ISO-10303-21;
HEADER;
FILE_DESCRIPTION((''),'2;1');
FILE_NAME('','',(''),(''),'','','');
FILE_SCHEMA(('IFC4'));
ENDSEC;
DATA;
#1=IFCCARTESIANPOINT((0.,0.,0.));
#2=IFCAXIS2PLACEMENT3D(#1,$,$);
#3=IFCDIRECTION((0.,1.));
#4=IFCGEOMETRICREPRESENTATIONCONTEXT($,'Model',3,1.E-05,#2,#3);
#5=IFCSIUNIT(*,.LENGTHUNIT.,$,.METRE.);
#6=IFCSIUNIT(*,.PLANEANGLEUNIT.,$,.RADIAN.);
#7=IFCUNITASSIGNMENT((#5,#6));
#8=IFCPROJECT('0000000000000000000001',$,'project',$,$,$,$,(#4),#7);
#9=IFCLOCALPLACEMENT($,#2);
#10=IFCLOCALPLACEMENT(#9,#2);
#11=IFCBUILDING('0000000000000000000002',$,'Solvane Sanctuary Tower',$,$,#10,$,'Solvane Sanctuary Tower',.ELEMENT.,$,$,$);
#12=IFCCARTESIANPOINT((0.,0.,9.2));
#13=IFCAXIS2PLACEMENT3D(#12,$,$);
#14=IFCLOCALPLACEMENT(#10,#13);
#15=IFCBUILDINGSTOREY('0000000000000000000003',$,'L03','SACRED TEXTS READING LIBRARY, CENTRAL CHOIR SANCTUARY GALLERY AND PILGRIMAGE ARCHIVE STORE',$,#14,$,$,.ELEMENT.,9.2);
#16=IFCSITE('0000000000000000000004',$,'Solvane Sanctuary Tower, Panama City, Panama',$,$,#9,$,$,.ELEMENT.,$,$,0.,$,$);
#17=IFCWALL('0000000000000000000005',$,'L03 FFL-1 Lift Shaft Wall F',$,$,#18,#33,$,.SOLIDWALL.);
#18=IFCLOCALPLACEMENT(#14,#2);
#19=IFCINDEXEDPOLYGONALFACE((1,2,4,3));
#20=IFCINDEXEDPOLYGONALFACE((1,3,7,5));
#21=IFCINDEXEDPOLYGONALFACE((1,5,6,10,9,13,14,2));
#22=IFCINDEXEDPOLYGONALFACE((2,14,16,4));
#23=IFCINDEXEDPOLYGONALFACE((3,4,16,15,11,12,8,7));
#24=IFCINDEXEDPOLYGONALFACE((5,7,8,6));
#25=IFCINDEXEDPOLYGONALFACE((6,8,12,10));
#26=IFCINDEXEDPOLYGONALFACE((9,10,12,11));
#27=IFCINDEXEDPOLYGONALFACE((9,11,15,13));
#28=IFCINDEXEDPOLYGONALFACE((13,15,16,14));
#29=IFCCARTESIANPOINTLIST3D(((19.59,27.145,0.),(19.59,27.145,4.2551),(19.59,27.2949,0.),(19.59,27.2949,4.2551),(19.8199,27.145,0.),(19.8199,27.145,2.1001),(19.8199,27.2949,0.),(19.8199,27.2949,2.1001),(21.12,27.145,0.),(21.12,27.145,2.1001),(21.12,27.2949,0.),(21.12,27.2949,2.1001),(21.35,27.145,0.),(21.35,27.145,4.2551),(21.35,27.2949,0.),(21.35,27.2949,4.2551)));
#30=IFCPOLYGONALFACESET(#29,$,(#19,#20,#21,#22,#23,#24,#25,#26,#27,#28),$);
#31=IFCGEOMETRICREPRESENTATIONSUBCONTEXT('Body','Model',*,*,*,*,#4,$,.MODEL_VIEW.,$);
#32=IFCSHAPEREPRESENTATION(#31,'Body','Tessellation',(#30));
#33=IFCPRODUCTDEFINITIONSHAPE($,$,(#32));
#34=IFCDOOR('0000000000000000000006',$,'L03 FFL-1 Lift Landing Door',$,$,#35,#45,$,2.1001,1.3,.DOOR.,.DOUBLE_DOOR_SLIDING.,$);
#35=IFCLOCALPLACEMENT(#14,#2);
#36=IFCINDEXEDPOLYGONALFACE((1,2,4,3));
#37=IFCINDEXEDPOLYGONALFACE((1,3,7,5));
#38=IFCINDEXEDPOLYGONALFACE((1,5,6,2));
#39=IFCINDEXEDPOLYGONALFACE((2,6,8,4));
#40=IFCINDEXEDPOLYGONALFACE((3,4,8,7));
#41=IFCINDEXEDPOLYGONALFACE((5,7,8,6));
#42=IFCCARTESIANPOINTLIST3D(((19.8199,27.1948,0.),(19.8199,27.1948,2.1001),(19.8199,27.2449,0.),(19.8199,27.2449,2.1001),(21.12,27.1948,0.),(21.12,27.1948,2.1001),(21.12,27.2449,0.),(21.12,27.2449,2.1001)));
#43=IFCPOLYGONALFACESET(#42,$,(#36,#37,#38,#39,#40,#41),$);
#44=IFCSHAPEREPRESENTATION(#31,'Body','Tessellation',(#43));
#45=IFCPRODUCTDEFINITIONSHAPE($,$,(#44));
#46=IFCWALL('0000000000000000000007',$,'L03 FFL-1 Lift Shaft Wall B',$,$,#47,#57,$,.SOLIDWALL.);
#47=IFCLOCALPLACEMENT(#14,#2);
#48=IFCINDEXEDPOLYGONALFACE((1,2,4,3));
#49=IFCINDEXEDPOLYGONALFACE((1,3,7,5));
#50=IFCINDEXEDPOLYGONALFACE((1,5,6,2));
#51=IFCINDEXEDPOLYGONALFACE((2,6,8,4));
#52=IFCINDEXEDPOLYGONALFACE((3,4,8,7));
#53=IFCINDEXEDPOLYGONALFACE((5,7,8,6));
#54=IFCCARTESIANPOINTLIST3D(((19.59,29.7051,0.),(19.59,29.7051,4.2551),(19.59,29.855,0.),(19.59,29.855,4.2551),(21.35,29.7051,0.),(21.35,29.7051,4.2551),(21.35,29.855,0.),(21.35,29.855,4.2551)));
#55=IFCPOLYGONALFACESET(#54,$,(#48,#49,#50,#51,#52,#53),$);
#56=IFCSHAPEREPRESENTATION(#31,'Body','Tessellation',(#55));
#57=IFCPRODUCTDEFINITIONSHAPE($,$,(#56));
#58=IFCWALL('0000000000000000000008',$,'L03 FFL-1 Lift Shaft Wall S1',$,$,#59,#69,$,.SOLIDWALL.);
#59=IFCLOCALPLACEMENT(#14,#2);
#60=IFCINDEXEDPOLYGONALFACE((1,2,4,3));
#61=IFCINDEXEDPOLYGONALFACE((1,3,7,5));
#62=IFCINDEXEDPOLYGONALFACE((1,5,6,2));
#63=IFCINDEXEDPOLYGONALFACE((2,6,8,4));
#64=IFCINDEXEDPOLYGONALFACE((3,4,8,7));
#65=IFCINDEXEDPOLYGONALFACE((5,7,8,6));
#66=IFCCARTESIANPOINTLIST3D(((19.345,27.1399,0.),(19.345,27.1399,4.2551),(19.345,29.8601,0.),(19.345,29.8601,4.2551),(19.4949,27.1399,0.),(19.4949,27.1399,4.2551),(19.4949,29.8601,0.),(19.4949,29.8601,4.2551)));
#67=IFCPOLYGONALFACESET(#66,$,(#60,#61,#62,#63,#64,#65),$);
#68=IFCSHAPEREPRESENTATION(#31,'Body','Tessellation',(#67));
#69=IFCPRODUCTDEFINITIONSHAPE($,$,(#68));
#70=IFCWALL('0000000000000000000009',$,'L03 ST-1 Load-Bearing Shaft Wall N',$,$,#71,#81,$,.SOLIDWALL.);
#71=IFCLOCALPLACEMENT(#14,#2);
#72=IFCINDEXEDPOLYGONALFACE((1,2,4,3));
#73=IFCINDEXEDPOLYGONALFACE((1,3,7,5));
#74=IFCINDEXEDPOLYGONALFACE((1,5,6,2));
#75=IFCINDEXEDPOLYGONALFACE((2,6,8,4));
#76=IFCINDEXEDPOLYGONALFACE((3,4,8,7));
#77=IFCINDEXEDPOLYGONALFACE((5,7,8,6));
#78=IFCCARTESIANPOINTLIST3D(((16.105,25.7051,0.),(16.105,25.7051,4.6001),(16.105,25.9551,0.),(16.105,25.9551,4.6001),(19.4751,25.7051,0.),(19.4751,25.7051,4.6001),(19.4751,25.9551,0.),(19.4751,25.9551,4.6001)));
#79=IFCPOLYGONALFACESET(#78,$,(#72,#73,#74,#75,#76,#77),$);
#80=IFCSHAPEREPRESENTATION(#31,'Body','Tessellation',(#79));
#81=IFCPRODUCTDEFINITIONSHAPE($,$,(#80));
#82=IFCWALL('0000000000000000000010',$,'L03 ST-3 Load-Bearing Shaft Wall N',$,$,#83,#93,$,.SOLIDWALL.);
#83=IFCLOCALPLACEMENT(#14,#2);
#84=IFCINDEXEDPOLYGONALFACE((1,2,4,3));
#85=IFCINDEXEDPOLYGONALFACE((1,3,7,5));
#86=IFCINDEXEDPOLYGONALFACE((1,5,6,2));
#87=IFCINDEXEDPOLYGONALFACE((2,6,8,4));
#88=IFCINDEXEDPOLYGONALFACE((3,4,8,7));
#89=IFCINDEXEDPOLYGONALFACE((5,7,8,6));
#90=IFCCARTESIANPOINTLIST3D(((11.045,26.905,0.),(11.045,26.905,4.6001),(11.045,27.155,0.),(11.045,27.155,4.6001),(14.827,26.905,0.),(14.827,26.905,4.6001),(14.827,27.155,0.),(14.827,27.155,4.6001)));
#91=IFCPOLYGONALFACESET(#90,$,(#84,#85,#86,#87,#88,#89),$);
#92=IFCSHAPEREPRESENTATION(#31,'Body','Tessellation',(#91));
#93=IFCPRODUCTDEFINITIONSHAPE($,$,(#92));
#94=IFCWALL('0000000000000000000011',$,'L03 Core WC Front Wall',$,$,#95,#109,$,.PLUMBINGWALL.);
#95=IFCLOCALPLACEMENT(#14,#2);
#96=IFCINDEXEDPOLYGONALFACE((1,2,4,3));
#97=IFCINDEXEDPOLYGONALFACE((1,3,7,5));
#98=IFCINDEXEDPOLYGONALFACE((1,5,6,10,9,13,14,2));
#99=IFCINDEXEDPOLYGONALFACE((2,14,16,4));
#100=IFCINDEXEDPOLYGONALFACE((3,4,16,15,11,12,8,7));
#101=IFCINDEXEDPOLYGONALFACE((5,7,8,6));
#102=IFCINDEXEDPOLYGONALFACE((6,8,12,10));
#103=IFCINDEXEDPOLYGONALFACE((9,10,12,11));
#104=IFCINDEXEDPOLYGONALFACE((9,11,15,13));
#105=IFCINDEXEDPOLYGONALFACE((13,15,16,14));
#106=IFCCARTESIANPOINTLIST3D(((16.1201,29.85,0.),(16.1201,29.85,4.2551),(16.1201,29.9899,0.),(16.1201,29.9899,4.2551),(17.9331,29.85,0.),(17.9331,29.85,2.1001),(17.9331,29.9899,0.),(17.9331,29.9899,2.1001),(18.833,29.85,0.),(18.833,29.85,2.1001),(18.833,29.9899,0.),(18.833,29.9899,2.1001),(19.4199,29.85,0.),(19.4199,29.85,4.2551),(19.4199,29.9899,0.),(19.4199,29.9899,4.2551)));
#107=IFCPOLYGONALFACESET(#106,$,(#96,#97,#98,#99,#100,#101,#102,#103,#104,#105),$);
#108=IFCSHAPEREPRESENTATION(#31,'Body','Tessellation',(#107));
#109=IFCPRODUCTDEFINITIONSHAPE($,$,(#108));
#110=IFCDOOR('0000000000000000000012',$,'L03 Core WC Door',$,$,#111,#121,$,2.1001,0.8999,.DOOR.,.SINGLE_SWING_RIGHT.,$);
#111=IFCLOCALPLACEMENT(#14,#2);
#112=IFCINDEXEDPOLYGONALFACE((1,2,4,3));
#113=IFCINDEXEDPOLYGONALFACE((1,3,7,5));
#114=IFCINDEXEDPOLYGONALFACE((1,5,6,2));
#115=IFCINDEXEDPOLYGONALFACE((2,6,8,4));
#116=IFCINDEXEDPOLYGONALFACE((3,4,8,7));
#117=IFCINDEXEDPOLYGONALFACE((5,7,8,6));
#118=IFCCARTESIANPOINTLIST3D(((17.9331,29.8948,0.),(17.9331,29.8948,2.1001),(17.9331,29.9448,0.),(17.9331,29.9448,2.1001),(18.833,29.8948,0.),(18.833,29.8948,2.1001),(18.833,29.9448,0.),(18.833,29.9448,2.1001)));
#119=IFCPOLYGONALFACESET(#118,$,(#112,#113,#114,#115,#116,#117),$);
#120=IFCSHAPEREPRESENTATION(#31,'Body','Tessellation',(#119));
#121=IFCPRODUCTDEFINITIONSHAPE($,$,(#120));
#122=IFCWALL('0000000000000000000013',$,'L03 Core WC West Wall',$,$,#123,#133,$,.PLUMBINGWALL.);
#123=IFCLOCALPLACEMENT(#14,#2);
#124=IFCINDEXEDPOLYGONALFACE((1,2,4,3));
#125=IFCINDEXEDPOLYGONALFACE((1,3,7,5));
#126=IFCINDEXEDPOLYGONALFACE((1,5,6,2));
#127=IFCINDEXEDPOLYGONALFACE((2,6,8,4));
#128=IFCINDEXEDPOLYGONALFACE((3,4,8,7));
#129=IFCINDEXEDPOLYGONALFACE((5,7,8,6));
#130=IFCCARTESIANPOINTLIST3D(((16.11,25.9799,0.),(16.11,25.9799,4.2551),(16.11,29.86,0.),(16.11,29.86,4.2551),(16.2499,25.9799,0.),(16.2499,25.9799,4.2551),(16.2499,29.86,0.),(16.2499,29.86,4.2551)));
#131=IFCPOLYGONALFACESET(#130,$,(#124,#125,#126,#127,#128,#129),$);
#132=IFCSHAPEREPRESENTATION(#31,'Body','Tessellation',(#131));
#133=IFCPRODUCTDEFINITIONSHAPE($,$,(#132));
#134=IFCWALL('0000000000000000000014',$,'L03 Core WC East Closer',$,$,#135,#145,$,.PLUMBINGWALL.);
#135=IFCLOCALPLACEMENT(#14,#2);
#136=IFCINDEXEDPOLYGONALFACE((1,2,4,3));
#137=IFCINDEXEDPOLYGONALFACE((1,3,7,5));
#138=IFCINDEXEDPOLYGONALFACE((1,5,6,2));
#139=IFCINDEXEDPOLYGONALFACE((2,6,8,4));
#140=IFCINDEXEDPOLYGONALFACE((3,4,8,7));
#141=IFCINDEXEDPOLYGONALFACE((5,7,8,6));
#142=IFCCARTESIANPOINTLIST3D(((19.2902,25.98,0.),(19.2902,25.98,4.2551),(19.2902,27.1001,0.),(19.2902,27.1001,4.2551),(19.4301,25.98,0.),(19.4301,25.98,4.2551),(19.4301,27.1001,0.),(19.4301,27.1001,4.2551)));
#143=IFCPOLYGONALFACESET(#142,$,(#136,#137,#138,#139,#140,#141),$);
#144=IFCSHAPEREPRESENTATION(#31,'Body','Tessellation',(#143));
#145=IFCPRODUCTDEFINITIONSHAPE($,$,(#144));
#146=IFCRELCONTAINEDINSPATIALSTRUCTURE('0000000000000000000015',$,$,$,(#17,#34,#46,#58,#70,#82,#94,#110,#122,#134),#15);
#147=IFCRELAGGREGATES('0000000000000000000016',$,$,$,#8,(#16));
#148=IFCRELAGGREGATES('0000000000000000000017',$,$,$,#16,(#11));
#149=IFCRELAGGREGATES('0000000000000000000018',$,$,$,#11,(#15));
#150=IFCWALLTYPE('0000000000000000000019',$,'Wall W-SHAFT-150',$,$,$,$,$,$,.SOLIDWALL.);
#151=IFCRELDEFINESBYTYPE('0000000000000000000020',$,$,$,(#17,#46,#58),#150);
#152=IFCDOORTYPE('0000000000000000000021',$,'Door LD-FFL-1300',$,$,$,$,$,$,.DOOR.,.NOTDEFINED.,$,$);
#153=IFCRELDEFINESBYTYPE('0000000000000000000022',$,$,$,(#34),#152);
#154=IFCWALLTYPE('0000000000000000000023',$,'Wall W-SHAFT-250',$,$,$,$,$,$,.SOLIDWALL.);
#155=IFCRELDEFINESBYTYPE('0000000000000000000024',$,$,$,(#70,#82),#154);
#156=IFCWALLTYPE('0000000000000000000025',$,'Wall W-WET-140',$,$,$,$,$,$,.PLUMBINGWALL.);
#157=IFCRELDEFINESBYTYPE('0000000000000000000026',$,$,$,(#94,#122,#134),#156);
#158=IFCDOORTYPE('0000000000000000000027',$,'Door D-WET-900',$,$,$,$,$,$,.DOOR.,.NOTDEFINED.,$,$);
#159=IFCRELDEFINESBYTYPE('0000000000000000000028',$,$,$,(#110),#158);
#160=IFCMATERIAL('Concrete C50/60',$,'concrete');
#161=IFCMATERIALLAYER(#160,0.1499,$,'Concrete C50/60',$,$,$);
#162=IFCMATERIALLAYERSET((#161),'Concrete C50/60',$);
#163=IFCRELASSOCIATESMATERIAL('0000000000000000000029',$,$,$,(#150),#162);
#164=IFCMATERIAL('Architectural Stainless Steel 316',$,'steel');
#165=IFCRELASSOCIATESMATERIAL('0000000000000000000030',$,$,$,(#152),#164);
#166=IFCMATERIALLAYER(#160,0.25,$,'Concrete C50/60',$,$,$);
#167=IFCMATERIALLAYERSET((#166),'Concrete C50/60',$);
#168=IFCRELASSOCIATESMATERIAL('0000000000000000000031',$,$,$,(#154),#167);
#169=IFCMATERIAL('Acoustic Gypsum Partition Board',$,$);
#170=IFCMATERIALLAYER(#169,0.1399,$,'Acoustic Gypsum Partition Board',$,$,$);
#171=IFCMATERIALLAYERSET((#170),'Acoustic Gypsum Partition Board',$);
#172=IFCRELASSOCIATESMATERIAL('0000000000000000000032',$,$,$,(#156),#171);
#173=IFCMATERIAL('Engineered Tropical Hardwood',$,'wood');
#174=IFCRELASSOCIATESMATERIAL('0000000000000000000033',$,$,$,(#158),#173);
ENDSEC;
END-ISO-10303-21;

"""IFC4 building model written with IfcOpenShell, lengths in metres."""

from ifc_helpers import new_model, si_unit, direction, frame, frame_2d, origin, place, context, subcontext, project, spatial, rectangle, extrude, material, layer, layer_set, type_object, element, fill, save


model = new_model("IFC4")

# Units and contexts
model_context = context("Model", 3, precision=1e-05, world=origin(), true_north=direction((0.0, 1.0)))
body_context = subcontext(model_context, "Body", "Model", "MODEL_VIEW")
ifc_project = project(units=[si_unit("LENGTHUNIT", "METRE"), si_unit("PLANEANGLEUNIT", "RADIAN")], contexts=[model_context])

# Site, building, storey
site_placement = place(None, origin())
site = spatial("IfcSite", under=ifc_project, at=site_placement, Name="Solvane Sanctuary Tower, Panama City, Panama", CompositionType="ELEMENT", RefElevation=0.0)
building_placement = place(site_placement, origin())
building = spatial("IfcBuilding", under=site, at=building_placement, Name="Solvane Sanctuary Tower", LongName="Solvane Sanctuary Tower", CompositionType="ELEMENT")
storey_placement = place(building_placement, frame((0.0, 0.0, 9.2)))
storey = spatial("IfcBuildingStorey", under=building, at=storey_placement, Name="L03", Description="SACRED TEXTS READING LIBRARY, CENTRAL CHOIR SANCTUARY GALLERY AND PILGRIMAGE ARCHIVE STORE", CompositionType="ELEMENT", Elevation=9.2)

# Shared definitions
ifc_material_1 = material(Name="Acoustic Gypsum Partition Board")
ifc_material_2 = material(Name="Architectural Stainless Steel 316", Category="steel")

# Wall, opening, door
ifc_material_3 = material(Name="Concrete C50/60", Category="concrete")
ifc_layer_1 = layer(ifc_material_3, 0.1499, Name="Concrete C50/60")
ifc_layer_set_1 = layer_set([ifc_layer_1], Name="Concrete C50/60")
wall_type_1 = type_object("IfcWallType", Name="Wall W-SHAFT-150", PredefinedType="SOLIDWALL", material=ifc_layer_set_1)
wall_1_placement = place(storey_placement, frame((19.5901, 27.22, 0.0), z_axis=(0.0, 0.0, 1.0), x_axis=(1.0, 0.0, 0.0)))
wall_1 = element("IfcWall", 1, at=wall_1_placement, inside=storey, type_object=wall_type_1, Name="L03 FFL-1 Lift Shaft Wall F", PredefinedType="SOLIDWALL", context=body_context, shape_type="SweptSolid", body=[
    extrude(rectangle(XDim=1.76, YDim=0.1499, at=frame_2d((0.8799, 0.0))), origin(), (0.0, 0.0, 1.0), 4.2551),
])
opening_1_placement = place(wall_1_placement, frame((0.23, 0.0, 0.0)))
opening_1 = element("IfcOpeningElement", 2, at=opening_1_placement, cuts=wall_1, PredefinedType="OPENING", context=body_context, shape_type="SweptSolid", body=[
    extrude(rectangle(XDim=1.3, YDim=2.1001, at=frame_2d((0.6499, 1.05))), frame((0.0, 0.085, 0.0), z_axis=(0.0, -1.0, 0.0), x_axis=(1.0, 0.0, 0.0)), (0.0, 0.0, 1.0), 0.1699),
])
door_type_1 = type_object("IfcDoorType", Name="Door LD-FFL-1300", OperationType="NOTDEFINED", PredefinedType="DOOR", material=ifc_material_2)
door_1_placement = place(opening_1_placement, origin())
door_1 = element("IfcDoor", 3, at=door_1_placement, inside=storey, type_object=door_type_1, Name="L03 FFL-1 Lift Landing Door", OperationType="DOUBLE_DOOR_SLIDING", OverallHeight=2.1001, OverallWidth=1.3, PredefinedType="DOOR", context=body_context, shape_type="SweptSolid", body=[
    extrude(rectangle(XDim=1.3, YDim=2.1001, at=frame_2d((0.6499, 1.05))), frame((0.0, 0.0249, 0.0), z_axis=(0.0, -1.0, 0.0), x_axis=(1.0, 0.0, 0.0)), (0.0, 0.0, 1.0), 0.05),
])
fill(opening_1, door_1)

# Walls
wall_2_placement = place(storey_placement, frame((19.5901, 29.78, 0.0), z_axis=(0.0, 0.0, 1.0), x_axis=(1.0, 0.0, 0.0)))
element("IfcWall", 4, at=wall_2_placement, inside=storey, type_object=wall_type_1, Name="L03 FFL-1 Lift Shaft Wall B", PredefinedType="SOLIDWALL", context=body_context, shape_type="SweptSolid", body=[
    extrude(rectangle(XDim=1.76, YDim=0.1499, at=frame_2d((0.8799, 0.0))), origin(), (0.0, 0.0, 1.0), 4.2551),
])
wall_3_placement = place(storey_placement, frame((19.4199, 27.1399, 0.0), z_axis=(0.0, 0.0, 1.0), x_axis=(0.0, 1.0, 0.0)))
element("IfcWall", 5, at=wall_3_placement, inside=storey, type_object=wall_type_1, Name="L03 FFL-1 Lift Shaft Wall S1", PredefinedType="SOLIDWALL", context=body_context, shape_type="SweptSolid", body=[
    extrude(rectangle(XDim=2.7202, YDim=0.1499, at=frame_2d((1.3601, 0.0))), origin(), (0.0, 0.0, 1.0), 4.2551),
])
ifc_layer_2 = layer(ifc_material_3, 0.25, Name="Concrete C50/60")
ifc_layer_set_2 = layer_set([ifc_layer_2], Name="Concrete C50/60")
wall_type_2 = type_object("IfcWallType", Name="Wall W-SHAFT-250", PredefinedType="SOLIDWALL", material=ifc_layer_set_2)
wall_4_placement = place(storey_placement, frame((16.105, 25.8301, 0.0), z_axis=(0.0, 0.0, 1.0), x_axis=(1.0, 0.0, 0.0)))
element("IfcWall", 6, at=wall_4_placement, inside=storey, type_object=wall_type_2, Name="L03 ST-1 Load-Bearing Shaft Wall N", PredefinedType="SOLIDWALL", context=body_context, shape_type="SweptSolid", body=[
    extrude(rectangle(XDim=3.3701, YDim=0.25, at=frame_2d((1.6851, 0.0))), origin(), (0.0, 0.0, 1.0), 4.6001),
])
wall_5_placement = place(storey_placement, frame((11.0449, 27.03, 0.0), z_axis=(0.0, 0.0, 1.0), x_axis=(1.0, 0.0, 0.0)))
element("IfcWall", 7, at=wall_5_placement, inside=storey, type_object=wall_type_2, Name="L03 ST-3 Load-Bearing Shaft Wall N", PredefinedType="SOLIDWALL", context=body_context, shape_type="SweptSolid", body=[
    extrude(rectangle(XDim=3.782, YDim=0.25, at=frame_2d((1.8911, 0.0))), origin(), (0.0, 0.0, 1.0), 4.6001),
])

# Wall, opening, door
ifc_layer_3 = layer(ifc_material_1, 0.1399, Name="Acoustic Gypsum Partition Board")
ifc_layer_set_3 = layer_set([ifc_layer_3], Name="Acoustic Gypsum Partition Board")
wall_type_3 = type_object("IfcWallType", Name="Wall W-WET-140", PredefinedType="PLUMBINGWALL", material=ifc_layer_set_3)
wall_6_placement = place(storey_placement, frame((16.1201, 29.9199, 0.0), z_axis=(0.0, 0.0, 1.0), x_axis=(1.0, 0.0, 0.0)))
wall_6 = element("IfcWall", 8, at=wall_6_placement, inside=storey, type_object=wall_type_3, Name="L03 Core WC Front Wall", PredefinedType="PLUMBINGWALL", context=body_context, shape_type="SweptSolid", body=[
    extrude(rectangle(XDim=3.2998, YDim=0.1399, at=frame_2d((1.6499, 0.0))), origin(), (0.0, 0.0, 1.0), 4.2551),
])
opening_2_placement = place(wall_6_placement, frame((1.813, 0.0, 0.0)))
opening_2 = element("IfcOpeningElement", 9, at=opening_2_placement, cuts=wall_6, PredefinedType="OPENING", context=body_context, shape_type="SweptSolid", body=[
    extrude(rectangle(XDim=0.8999, YDim=2.1001, at=frame_2d((0.45, 1.05))), frame((0.0, 0.0798, 0.0), z_axis=(0.0, -1.0, 0.0), x_axis=(1.0, 0.0, 0.0)), (0.0, 0.0, 1.0), 0.1599),
])
ifc_material_4 = material(Name="Engineered Tropical Hardwood", Category="wood")
door_type_2 = type_object("IfcDoorType", Name="Door D-WET-900", OperationType="NOTDEFINED", PredefinedType="DOOR", material=ifc_material_4)
door_2_placement = place(opening_2_placement, origin())
door_2 = element("IfcDoor", 10, at=door_2_placement, inside=storey, type_object=door_type_2, Name="L03 Core WC Door", OperationType="SINGLE_SWING_RIGHT", OverallHeight=2.1001, OverallWidth=0.8999, PredefinedType="DOOR", context=body_context, shape_type="SweptSolid", body=[
    extrude(rectangle(XDim=0.8999, YDim=2.1001, at=frame_2d((0.45, 1.05))), frame((0.0, 0.0249, 0.0), z_axis=(0.0, -1.0, 0.0), x_axis=(1.0, 0.0, 0.0)), (0.0, 0.0, 1.0), 0.05),
])
fill(opening_2, door_2)

# Walls
wall_7_placement = place(storey_placement, frame((16.1799, 25.98, 0.0), z_axis=(0.0, 0.0, 1.0), x_axis=(0.0, 1.0, 0.0)))
element("IfcWall", 11, at=wall_7_placement, inside=storey, type_object=wall_type_3, Name="L03 Core WC West Wall", PredefinedType="PLUMBINGWALL", context=body_context, shape_type="SweptSolid", body=[
    extrude(rectangle(XDim=3.8801, YDim=0.1399, at=frame_2d((1.9399, 0.0))), origin(), (0.0, 0.0, 1.0), 4.2551),
])
wall_8_placement = place(storey_placement, frame((19.3601, 25.98, 0.0), z_axis=(0.0, 0.0, 1.0), x_axis=(0.0, 1.0, 0.0)))
element("IfcWall", 12, at=wall_8_placement, inside=storey, type_object=wall_type_3, Name="L03 Core WC East Closer", PredefinedType="PLUMBINGWALL", context=body_context, shape_type="SweptSolid", body=[
    extrude(rectangle(XDim=1.1201, YDim=0.1399, at=frame_2d((0.5601, 0.0))), origin(), (0.0, 0.0, 1.0), 4.2551),
])

save(model, "model.ifc")
